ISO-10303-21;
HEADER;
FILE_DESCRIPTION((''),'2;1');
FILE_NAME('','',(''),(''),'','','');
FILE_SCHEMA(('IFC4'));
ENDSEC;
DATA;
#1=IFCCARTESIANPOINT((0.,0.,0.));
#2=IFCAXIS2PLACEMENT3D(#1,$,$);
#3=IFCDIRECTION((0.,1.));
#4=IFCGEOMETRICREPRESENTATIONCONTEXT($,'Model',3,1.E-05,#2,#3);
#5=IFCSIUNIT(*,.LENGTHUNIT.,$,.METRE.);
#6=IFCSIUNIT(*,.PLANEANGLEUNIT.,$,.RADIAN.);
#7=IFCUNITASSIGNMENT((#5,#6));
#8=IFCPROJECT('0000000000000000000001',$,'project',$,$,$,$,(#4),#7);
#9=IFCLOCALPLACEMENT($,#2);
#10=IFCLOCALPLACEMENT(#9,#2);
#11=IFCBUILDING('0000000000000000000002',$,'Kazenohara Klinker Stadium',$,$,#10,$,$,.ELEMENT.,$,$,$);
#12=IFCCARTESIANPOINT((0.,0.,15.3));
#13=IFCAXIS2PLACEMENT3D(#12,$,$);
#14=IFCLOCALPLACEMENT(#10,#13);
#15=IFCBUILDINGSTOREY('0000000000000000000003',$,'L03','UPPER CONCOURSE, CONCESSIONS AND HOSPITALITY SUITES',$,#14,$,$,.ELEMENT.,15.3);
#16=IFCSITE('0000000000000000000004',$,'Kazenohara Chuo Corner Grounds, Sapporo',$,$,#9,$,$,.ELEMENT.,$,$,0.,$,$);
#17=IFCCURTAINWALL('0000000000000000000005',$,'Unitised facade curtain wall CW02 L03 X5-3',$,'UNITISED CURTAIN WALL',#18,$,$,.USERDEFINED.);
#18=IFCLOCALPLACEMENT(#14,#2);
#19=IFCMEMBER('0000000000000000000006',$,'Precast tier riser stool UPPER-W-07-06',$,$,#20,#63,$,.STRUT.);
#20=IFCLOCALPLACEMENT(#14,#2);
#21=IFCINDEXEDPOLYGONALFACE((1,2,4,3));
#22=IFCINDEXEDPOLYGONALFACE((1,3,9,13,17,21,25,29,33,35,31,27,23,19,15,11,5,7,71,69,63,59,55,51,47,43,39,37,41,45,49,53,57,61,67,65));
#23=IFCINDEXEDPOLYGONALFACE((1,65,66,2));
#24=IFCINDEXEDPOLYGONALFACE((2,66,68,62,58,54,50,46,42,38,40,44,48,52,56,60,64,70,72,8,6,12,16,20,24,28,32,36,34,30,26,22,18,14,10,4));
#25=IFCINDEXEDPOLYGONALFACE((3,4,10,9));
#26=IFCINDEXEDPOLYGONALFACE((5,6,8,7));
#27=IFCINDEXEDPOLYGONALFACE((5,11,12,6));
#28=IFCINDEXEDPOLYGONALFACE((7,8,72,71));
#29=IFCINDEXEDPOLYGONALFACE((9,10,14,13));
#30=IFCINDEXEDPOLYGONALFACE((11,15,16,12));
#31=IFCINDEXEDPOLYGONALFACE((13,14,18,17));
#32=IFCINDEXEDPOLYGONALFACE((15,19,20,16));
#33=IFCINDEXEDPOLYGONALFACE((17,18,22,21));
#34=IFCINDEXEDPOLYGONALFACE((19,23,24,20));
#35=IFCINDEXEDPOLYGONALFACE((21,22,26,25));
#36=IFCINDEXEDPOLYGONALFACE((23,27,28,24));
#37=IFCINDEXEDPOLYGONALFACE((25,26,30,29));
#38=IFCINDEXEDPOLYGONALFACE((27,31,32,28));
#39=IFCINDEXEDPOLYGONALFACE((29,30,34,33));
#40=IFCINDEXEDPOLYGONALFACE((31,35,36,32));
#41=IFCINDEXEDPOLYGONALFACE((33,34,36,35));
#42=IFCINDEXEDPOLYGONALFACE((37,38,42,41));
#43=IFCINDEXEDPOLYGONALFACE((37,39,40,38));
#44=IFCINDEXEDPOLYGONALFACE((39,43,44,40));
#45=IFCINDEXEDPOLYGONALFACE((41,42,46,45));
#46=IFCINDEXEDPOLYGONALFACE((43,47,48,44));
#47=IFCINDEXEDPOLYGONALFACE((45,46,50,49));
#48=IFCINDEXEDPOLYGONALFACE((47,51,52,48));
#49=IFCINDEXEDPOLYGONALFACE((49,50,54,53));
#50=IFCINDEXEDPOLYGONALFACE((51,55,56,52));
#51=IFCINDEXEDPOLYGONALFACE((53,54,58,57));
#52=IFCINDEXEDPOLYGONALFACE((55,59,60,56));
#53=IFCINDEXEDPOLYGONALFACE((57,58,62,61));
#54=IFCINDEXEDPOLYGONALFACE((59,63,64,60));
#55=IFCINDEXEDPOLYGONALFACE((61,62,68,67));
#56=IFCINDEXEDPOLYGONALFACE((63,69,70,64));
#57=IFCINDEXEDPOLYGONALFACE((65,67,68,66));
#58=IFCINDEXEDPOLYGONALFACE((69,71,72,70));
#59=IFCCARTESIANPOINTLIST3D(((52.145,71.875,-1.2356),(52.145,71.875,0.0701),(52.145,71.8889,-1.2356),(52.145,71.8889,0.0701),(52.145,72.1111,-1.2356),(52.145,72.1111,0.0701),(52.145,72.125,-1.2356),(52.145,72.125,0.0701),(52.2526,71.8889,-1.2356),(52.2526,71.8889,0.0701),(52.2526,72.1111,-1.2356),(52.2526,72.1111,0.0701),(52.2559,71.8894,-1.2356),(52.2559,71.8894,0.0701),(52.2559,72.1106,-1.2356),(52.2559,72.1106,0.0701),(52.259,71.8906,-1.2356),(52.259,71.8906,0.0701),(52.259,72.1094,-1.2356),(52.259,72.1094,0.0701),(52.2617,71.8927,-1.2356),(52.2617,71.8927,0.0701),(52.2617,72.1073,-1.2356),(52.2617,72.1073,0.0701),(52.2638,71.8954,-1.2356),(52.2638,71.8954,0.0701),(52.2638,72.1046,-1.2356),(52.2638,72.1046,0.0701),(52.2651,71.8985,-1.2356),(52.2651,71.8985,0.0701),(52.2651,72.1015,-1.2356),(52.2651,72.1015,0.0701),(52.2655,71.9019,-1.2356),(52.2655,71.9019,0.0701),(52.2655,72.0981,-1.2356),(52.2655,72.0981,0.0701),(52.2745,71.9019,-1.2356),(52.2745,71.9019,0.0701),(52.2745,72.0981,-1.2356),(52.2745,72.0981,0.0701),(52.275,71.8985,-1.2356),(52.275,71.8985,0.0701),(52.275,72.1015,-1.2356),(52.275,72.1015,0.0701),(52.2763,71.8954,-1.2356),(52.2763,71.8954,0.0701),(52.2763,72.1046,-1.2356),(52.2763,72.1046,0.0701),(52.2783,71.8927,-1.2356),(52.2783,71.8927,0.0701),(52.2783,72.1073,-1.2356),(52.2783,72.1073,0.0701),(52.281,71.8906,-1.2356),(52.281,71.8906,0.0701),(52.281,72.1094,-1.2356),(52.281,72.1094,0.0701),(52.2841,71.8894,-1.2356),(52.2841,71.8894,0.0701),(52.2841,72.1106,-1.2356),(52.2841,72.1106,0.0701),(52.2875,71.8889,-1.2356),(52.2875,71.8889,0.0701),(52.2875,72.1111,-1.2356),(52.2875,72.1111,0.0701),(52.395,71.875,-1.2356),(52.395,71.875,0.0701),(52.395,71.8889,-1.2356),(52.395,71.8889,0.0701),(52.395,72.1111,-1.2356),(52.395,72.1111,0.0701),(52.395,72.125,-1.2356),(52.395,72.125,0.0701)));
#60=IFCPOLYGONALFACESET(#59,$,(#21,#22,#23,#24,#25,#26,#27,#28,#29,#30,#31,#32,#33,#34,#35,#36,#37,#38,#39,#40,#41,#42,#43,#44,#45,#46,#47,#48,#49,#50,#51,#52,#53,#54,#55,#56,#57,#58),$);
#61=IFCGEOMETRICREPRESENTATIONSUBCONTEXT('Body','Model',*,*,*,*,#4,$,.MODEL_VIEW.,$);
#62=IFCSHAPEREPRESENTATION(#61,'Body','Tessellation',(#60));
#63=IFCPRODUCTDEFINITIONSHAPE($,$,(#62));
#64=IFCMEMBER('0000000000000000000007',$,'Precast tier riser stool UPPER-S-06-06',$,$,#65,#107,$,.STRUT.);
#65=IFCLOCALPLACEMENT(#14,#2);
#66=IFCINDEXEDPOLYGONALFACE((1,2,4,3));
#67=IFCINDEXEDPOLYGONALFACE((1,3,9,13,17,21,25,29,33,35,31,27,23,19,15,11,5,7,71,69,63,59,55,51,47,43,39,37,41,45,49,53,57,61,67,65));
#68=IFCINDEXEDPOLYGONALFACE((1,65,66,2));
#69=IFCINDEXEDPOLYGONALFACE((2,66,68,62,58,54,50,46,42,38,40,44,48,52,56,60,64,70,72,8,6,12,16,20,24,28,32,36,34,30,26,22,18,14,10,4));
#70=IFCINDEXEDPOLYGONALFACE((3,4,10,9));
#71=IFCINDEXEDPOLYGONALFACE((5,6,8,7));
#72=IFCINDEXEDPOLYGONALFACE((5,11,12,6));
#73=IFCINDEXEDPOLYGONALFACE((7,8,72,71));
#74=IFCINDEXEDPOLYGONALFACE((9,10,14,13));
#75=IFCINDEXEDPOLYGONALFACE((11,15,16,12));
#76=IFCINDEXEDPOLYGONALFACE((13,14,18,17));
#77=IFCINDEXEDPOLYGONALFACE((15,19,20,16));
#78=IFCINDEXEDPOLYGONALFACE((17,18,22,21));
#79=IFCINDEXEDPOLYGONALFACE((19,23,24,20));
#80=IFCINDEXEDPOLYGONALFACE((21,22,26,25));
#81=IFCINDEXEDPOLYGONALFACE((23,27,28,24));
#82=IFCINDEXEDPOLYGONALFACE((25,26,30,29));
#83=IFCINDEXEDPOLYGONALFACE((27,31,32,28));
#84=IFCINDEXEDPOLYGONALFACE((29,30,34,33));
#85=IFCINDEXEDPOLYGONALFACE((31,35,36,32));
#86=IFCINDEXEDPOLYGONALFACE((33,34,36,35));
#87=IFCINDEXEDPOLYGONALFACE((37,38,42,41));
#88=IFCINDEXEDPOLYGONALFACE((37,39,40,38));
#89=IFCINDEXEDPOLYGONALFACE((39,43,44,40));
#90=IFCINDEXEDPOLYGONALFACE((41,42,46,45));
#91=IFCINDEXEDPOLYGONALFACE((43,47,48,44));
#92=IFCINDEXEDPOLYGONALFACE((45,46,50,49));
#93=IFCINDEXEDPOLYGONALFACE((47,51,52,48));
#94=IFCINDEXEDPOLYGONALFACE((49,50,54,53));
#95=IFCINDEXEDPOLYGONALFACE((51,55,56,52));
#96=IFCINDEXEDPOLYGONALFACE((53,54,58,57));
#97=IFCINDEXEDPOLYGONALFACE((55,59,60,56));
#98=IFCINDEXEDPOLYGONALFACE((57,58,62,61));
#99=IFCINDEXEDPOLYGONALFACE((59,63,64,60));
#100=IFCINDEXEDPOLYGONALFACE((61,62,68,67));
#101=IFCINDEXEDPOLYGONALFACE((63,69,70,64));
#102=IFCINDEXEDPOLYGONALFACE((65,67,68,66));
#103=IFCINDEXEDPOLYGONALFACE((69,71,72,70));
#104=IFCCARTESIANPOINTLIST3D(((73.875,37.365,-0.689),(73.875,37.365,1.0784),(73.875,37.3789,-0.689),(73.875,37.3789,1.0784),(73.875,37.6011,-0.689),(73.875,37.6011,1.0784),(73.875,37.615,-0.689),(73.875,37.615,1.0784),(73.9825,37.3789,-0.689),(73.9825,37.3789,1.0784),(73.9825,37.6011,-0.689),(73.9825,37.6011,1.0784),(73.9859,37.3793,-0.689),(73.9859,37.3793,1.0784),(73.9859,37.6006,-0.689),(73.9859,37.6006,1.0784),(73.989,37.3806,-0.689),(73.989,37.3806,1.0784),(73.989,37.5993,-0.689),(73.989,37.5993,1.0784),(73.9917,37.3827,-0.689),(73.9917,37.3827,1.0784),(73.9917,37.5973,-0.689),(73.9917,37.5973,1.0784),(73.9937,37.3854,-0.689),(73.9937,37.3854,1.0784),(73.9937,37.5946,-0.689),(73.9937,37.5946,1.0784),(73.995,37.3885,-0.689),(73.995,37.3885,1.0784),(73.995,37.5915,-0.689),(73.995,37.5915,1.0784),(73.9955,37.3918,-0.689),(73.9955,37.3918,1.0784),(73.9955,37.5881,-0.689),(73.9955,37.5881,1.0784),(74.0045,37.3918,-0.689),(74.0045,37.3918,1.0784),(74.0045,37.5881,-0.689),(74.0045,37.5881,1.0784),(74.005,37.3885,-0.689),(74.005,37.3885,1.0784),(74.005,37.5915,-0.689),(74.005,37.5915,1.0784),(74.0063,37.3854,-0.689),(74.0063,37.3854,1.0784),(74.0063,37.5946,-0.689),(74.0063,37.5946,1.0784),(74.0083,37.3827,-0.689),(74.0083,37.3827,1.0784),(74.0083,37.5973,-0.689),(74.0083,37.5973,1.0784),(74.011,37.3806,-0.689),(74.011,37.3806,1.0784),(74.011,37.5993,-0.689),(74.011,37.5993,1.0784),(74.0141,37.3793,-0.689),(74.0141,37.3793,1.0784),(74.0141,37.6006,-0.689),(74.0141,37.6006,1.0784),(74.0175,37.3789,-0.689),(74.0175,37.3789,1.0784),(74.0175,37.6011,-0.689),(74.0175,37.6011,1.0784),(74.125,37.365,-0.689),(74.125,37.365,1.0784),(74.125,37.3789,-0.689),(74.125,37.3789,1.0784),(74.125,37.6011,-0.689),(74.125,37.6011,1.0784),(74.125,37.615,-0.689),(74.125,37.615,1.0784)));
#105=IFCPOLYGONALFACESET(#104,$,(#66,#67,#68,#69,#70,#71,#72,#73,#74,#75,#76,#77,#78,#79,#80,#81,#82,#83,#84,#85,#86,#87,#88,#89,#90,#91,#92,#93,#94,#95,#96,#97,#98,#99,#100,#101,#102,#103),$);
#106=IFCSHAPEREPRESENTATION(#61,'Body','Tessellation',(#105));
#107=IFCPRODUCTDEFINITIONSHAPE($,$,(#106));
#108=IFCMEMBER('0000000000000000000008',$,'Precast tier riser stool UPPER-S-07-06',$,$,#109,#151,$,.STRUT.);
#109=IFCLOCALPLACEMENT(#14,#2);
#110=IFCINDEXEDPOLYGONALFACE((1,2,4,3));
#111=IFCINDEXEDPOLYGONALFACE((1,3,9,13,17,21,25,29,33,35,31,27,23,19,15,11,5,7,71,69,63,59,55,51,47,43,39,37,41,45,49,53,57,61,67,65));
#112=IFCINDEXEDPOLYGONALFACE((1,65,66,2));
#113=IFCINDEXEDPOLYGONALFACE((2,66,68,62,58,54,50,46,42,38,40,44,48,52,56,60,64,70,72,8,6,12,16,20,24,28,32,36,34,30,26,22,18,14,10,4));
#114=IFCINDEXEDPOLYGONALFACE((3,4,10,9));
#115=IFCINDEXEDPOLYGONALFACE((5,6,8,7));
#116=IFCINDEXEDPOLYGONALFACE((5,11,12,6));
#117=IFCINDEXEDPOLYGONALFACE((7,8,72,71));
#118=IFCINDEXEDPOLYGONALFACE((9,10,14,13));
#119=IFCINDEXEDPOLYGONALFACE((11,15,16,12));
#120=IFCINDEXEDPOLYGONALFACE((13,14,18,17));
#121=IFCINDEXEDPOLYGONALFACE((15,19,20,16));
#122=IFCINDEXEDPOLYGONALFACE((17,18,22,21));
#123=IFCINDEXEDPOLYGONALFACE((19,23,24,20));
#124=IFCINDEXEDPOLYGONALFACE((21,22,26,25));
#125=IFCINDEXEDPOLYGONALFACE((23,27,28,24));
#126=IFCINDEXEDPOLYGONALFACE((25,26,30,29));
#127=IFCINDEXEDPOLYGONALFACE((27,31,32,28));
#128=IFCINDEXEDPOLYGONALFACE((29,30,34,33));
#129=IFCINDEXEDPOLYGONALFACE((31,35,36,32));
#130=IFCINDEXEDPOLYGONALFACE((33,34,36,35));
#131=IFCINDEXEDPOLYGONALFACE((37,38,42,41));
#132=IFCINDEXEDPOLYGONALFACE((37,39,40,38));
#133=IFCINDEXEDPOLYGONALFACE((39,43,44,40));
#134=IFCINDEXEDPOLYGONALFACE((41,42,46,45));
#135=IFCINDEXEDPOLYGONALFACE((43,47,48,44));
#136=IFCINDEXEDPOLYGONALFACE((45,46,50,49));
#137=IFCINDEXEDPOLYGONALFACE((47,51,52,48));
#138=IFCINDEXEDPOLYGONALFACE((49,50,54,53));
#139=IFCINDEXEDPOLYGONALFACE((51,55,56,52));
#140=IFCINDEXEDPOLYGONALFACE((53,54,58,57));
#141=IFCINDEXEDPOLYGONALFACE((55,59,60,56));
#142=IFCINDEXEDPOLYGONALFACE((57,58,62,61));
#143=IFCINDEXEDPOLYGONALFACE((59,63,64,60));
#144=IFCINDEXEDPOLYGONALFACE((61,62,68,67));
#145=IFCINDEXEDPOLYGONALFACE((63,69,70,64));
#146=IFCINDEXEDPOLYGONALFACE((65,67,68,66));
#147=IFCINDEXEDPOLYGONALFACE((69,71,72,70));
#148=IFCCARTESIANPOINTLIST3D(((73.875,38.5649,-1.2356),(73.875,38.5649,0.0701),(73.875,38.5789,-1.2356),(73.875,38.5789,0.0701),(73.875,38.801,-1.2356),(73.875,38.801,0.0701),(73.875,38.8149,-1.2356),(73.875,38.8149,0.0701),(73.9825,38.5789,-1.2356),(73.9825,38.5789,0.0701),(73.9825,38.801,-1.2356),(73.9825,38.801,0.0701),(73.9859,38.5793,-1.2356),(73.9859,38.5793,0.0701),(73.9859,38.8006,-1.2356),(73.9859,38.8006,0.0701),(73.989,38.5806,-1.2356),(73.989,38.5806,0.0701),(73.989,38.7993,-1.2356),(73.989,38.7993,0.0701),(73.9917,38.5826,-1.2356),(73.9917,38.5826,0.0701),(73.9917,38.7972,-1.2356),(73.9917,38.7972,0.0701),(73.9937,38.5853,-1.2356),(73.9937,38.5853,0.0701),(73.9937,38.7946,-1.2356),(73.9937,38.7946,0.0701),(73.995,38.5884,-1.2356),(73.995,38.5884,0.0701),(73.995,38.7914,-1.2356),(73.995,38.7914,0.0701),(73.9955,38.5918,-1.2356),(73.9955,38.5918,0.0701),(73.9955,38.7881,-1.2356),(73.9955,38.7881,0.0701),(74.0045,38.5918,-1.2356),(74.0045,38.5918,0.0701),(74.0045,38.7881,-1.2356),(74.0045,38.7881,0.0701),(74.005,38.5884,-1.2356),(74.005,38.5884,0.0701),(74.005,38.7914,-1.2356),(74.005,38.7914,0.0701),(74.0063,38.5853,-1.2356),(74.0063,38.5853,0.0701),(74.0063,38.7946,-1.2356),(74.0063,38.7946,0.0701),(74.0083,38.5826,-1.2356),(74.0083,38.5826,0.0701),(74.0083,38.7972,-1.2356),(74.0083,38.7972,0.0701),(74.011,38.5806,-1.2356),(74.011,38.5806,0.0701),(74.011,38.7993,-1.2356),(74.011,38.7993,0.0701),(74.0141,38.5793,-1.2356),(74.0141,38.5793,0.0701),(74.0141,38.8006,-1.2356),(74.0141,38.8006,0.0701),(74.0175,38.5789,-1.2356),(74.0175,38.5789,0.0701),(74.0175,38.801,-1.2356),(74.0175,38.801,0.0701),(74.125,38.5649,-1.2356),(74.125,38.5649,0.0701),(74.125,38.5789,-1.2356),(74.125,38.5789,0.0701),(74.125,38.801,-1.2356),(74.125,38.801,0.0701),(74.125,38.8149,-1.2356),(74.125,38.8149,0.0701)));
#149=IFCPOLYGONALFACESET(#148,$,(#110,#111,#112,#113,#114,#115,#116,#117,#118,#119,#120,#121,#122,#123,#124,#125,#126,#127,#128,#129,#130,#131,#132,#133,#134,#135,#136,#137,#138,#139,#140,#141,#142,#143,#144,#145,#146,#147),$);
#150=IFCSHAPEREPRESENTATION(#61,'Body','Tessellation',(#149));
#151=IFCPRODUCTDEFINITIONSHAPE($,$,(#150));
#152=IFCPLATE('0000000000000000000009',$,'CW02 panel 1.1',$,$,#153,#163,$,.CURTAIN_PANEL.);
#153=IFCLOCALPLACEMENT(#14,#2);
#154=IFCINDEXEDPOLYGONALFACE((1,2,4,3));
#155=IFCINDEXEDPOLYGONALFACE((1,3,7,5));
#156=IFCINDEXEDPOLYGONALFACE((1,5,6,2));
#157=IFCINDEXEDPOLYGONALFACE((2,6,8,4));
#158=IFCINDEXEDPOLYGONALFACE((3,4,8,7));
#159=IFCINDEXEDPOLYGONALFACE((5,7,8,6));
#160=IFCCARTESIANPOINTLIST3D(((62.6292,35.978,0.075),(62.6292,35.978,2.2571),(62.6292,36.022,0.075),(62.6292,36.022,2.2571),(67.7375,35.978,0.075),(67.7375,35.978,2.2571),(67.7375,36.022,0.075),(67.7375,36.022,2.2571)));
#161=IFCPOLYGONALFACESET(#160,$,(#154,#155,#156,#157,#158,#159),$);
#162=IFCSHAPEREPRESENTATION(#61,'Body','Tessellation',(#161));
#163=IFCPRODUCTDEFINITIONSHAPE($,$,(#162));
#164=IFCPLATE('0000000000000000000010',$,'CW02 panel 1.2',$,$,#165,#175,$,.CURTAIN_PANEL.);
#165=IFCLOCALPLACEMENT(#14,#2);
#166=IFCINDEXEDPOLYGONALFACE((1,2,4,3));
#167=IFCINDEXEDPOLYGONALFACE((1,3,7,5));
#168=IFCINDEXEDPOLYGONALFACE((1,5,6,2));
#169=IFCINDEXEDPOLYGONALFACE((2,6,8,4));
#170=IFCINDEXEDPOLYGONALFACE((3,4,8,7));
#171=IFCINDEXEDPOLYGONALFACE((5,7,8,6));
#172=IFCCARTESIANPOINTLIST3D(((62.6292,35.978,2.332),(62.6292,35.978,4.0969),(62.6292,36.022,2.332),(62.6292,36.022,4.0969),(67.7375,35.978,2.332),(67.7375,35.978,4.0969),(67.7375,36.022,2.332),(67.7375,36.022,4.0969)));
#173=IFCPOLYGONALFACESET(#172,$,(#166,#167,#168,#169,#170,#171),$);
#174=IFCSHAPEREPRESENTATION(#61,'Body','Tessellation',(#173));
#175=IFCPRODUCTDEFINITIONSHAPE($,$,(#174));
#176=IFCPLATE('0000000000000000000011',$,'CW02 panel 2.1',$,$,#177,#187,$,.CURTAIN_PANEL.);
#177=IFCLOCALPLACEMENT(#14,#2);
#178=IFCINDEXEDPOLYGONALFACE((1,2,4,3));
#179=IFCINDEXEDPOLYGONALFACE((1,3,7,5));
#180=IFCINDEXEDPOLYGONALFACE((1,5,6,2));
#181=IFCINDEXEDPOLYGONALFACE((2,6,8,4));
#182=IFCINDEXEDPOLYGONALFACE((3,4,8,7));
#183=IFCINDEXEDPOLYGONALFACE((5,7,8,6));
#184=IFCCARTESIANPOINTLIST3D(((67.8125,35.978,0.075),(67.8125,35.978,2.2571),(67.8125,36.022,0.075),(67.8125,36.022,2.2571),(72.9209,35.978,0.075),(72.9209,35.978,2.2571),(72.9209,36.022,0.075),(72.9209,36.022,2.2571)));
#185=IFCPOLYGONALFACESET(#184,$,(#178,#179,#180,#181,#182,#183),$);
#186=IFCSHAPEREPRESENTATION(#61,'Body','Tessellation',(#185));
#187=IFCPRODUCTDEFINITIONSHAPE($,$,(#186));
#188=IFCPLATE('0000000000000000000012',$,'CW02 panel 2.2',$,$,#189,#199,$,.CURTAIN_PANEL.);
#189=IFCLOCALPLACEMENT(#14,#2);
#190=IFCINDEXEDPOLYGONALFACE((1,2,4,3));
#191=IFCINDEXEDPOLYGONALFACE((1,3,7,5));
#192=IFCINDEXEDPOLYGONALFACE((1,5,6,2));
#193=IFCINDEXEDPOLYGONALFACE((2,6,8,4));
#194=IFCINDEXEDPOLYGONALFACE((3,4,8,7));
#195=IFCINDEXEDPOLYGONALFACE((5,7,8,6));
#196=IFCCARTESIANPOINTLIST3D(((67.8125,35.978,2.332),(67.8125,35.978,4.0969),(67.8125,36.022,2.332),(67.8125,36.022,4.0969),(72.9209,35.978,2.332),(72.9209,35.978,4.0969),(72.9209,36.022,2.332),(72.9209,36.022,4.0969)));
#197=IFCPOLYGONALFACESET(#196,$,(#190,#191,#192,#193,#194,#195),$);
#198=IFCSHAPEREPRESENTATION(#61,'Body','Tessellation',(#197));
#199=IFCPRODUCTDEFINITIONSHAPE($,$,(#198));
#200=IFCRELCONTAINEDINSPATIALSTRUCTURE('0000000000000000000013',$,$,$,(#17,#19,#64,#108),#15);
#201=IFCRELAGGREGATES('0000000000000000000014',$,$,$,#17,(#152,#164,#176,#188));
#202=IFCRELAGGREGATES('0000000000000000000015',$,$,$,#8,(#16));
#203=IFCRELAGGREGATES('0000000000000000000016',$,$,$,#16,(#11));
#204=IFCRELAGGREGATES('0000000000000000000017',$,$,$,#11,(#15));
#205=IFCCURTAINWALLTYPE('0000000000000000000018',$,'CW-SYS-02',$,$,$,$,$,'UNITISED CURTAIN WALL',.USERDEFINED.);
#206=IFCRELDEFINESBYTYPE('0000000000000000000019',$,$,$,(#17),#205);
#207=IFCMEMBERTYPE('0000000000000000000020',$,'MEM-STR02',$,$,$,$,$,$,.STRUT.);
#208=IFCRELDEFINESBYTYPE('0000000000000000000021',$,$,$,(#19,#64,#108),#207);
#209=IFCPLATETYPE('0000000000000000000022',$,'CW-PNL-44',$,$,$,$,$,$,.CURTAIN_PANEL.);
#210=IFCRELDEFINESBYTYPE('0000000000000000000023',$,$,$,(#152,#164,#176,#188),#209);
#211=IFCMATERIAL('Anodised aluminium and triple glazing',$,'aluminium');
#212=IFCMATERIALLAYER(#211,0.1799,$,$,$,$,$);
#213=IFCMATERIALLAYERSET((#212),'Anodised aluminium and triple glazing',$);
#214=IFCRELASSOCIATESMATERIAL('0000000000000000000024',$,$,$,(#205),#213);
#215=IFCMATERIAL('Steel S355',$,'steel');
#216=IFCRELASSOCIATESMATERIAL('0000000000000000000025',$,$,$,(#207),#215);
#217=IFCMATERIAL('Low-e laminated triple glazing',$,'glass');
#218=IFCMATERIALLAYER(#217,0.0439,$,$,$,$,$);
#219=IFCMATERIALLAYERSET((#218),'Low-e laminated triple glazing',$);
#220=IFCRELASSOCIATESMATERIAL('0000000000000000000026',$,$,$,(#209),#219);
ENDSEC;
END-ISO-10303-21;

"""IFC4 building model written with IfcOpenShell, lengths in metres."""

from ifc_helpers import new_model, si_unit, direction, frame, origin, origin_2d, place, context, subcontext, project, spatial, rectangle, i_section, extrude, material, layer, layer_set, material_profile, profile_set, type_object, element, aggregate, save


model = new_model("IFC4")

# Units and contexts
model_context = context("Model", 3, precision=1e-05, world=origin(), true_north=direction((0.0, 1.0)))
body_context = subcontext(model_context, "Body", "Model", "MODEL_VIEW")
ifc_project = project(units=[si_unit("LENGTHUNIT", "METRE"), si_unit("PLANEANGLEUNIT", "RADIAN")], contexts=[model_context])

# Site, building, storey
site_placement = place(None, origin())
site = spatial("IfcSite", under=ifc_project, at=site_placement, Name="Kazenohara Chuo Corner Grounds, Sapporo", CompositionType="ELEMENT", RefElevation=0.0)
building_placement = place(site_placement, origin())
building = spatial("IfcBuilding", under=site, at=building_placement, Name="Kazenohara Klinker Stadium", CompositionType="ELEMENT")
storey_placement = place(building_placement, frame((0.0, 0.0, 15.3)))
storey = spatial("IfcBuildingStorey", under=building, at=storey_placement, Name="L03", Description="UPPER CONCOURSE, CONCESSIONS AND HOSPITALITY SUITES", CompositionType="ELEMENT", Elevation=15.3)

# Shared definitions
ifc_material_1 = material(Name="Steel S355", Category="steel")

# Curtain wall
ifc_material_2 = material(Name="Anodised aluminium and triple glazing", Category="aluminium")
ifc_layer_1 = layer(ifc_material_2, 0.1799)
ifc_layer_set_1 = layer_set([ifc_layer_1], Name="Anodised aluminium and triple glazing")
curtain_wall_type = type_object("IfcCurtainWallType", Name="CW-SYS-02", ElementType="UNITISED CURTAIN WALL", PredefinedType="USERDEFINED", material=ifc_layer_set_1)
curtain_wall_placement = place(storey_placement, origin())
curtain_wall = element("IfcCurtainWall", 1, at=curtain_wall_placement, inside=storey, type_object=curtain_wall_type, Name="Unitised facade curtain wall CW02 L03 X5-3", ObjectType="UNITISED CURTAIN WALL", PredefinedType="USERDEFINED")

# Members
ifc_material_profile_1 = material_profile(ifc_material_1, i_section(OverallWidth=0.25, OverallDepth=0.25, WebThickness=0.009, FlangeThickness=0.0139, FilletRadius=0.0129, at=origin_2d()), Name="H-250x250x9x14")
ifc_profile_set_1 = profile_set([ifc_material_profile_1], Name="Steel S355")
member_type_1 = type_object("IfcMemberType", Name="MEM-STR02", PredefinedType="STRUT", material=ifc_profile_set_1)
for number, where, z_axis, x_axis, name in (
    (2, (52.27, 72.0, -1.2356), (0.0, 0.0, 1.0), (1.0, 0.0, 0.0), "Precast tier riser stool UPPER-W-07-06"),
):
    element("IfcMember", number, at=place(storey_placement, frame(where, z_axis=z_axis, x_axis=x_axis)), inside=storey, type_object=member_type_1, Name=name, PredefinedType="STRUT", context=body_context, shape_type="SweptSolid", body=[
        extrude(i_section(OverallWidth=0.25, OverallDepth=0.25, WebThickness=0.009, FlangeThickness=0.0139, FilletRadius=0.0129, at=origin_2d()), origin(), (0.0, 0.0, 1.0), 1.3057),
    ])
member_1_placement = place(storey_placement, frame((74.0, 37.49, -0.689), z_axis=(0.0, 0.0, 1.0), x_axis=(1.0, 0.0, 0.0)))
element("IfcMember", 3, at=member_1_placement, inside=storey, type_object=member_type_1, Name="Precast tier riser stool UPPER-S-06-06", PredefinedType="STRUT", context=body_context, shape_type="SweptSolid", body=[
    extrude(i_section(OverallWidth=0.25, OverallDepth=0.25, WebThickness=0.009, FlangeThickness=0.0139, FilletRadius=0.0129, at=origin_2d()), origin(), (0.0, 0.0, 1.0), 1.7673),
])
member_2_placement = place(storey_placement, frame((74.0, 38.6899, -1.2356), z_axis=(0.0, 0.0, 1.0), x_axis=(1.0, 0.0, 0.0)))
element("IfcMember", 4, at=member_2_placement, inside=storey, type_object=member_type_1, Name="Precast tier riser stool UPPER-S-07-06", PredefinedType="STRUT", context=body_context, shape_type="SweptSolid", body=[
    extrude(i_section(OverallWidth=0.25, OverallDepth=0.25, WebThickness=0.009, FlangeThickness=0.0139, FilletRadius=0.0129, at=origin_2d()), origin(), (0.0, 0.0, 1.0), 1.3057),
])

# Plates
ifc_material_3 = material(Name="Low-e laminated triple glazing", Category="glass")
ifc_layer_2 = layer(ifc_material_3, 0.0439)
ifc_layer_set_2 = layer_set([ifc_layer_2], Name="Low-e laminated triple glazing")
plate_type_1 = type_object("IfcPlateType", Name="CW-PNL-44", PredefinedType="CURTAIN_PANEL", material=ifc_layer_set_2)
plate_1_placement = place(storey_placement, frame((65.1833, 36.0, 0.075), z_axis=(0.0, 0.0, 1.0), x_axis=(1.0, 0.0, 0.0)))
plate_1 = element("IfcPlate", 5, at=plate_1_placement, type_object=plate_type_1, Name="CW02 panel 1.1", PredefinedType="CURTAIN_PANEL", context=body_context, shape_type="SweptSolid", body=[
    extrude(rectangle(XDim=5.1084, YDim=0.0439, at=origin_2d()), origin(), (0.0, 0.0, 1.0), 2.1821),
])
plate_2_placement = place(storey_placement, frame((65.1833, 36.0, 2.332), z_axis=(0.0, 0.0, 1.0), x_axis=(1.0, 0.0, 0.0)))
plate_2 = element("IfcPlate", 6, at=plate_2_placement, type_object=plate_type_1, Name="CW02 panel 1.2", PredefinedType="CURTAIN_PANEL", context=body_context, shape_type="SweptSolid", body=[
    extrude(rectangle(XDim=5.1084, YDim=0.0439, at=origin_2d()), origin(), (0.0, 0.0, 1.0), 1.7649),
])
plate_3_placement = place(storey_placement, frame((70.3667, 36.0, 0.075), z_axis=(0.0, 0.0, 1.0), x_axis=(1.0, 0.0, 0.0)))
plate_3 = element("IfcPlate", 7, at=plate_3_placement, type_object=plate_type_1, Name="CW02 panel 2.1", PredefinedType="CURTAIN_PANEL", context=body_context, shape_type="SweptSolid", body=[
    extrude(rectangle(XDim=5.1084, YDim=0.0439, at=origin_2d()), origin(), (0.0, 0.0, 1.0), 2.1821),
])
plate_4_placement = place(storey_placement, frame((70.3667, 36.0, 2.332), z_axis=(0.0, 0.0, 1.0), x_axis=(1.0, 0.0, 0.0)))
plate_4 = element("IfcPlate", 8, at=plate_4_placement, type_object=plate_type_1, Name="CW02 panel 2.2", PredefinedType="CURTAIN_PANEL", context=body_context, shape_type="SweptSolid", body=[
    extrude(rectangle(XDim=5.1084, YDim=0.0439, at=origin_2d()), origin(), (0.0, 0.0, 1.0), 1.7649),
])
aggregate(curtain_wall, [plate_1, plate_2, plate_3, plate_4])

save(model, "model.ifc")
